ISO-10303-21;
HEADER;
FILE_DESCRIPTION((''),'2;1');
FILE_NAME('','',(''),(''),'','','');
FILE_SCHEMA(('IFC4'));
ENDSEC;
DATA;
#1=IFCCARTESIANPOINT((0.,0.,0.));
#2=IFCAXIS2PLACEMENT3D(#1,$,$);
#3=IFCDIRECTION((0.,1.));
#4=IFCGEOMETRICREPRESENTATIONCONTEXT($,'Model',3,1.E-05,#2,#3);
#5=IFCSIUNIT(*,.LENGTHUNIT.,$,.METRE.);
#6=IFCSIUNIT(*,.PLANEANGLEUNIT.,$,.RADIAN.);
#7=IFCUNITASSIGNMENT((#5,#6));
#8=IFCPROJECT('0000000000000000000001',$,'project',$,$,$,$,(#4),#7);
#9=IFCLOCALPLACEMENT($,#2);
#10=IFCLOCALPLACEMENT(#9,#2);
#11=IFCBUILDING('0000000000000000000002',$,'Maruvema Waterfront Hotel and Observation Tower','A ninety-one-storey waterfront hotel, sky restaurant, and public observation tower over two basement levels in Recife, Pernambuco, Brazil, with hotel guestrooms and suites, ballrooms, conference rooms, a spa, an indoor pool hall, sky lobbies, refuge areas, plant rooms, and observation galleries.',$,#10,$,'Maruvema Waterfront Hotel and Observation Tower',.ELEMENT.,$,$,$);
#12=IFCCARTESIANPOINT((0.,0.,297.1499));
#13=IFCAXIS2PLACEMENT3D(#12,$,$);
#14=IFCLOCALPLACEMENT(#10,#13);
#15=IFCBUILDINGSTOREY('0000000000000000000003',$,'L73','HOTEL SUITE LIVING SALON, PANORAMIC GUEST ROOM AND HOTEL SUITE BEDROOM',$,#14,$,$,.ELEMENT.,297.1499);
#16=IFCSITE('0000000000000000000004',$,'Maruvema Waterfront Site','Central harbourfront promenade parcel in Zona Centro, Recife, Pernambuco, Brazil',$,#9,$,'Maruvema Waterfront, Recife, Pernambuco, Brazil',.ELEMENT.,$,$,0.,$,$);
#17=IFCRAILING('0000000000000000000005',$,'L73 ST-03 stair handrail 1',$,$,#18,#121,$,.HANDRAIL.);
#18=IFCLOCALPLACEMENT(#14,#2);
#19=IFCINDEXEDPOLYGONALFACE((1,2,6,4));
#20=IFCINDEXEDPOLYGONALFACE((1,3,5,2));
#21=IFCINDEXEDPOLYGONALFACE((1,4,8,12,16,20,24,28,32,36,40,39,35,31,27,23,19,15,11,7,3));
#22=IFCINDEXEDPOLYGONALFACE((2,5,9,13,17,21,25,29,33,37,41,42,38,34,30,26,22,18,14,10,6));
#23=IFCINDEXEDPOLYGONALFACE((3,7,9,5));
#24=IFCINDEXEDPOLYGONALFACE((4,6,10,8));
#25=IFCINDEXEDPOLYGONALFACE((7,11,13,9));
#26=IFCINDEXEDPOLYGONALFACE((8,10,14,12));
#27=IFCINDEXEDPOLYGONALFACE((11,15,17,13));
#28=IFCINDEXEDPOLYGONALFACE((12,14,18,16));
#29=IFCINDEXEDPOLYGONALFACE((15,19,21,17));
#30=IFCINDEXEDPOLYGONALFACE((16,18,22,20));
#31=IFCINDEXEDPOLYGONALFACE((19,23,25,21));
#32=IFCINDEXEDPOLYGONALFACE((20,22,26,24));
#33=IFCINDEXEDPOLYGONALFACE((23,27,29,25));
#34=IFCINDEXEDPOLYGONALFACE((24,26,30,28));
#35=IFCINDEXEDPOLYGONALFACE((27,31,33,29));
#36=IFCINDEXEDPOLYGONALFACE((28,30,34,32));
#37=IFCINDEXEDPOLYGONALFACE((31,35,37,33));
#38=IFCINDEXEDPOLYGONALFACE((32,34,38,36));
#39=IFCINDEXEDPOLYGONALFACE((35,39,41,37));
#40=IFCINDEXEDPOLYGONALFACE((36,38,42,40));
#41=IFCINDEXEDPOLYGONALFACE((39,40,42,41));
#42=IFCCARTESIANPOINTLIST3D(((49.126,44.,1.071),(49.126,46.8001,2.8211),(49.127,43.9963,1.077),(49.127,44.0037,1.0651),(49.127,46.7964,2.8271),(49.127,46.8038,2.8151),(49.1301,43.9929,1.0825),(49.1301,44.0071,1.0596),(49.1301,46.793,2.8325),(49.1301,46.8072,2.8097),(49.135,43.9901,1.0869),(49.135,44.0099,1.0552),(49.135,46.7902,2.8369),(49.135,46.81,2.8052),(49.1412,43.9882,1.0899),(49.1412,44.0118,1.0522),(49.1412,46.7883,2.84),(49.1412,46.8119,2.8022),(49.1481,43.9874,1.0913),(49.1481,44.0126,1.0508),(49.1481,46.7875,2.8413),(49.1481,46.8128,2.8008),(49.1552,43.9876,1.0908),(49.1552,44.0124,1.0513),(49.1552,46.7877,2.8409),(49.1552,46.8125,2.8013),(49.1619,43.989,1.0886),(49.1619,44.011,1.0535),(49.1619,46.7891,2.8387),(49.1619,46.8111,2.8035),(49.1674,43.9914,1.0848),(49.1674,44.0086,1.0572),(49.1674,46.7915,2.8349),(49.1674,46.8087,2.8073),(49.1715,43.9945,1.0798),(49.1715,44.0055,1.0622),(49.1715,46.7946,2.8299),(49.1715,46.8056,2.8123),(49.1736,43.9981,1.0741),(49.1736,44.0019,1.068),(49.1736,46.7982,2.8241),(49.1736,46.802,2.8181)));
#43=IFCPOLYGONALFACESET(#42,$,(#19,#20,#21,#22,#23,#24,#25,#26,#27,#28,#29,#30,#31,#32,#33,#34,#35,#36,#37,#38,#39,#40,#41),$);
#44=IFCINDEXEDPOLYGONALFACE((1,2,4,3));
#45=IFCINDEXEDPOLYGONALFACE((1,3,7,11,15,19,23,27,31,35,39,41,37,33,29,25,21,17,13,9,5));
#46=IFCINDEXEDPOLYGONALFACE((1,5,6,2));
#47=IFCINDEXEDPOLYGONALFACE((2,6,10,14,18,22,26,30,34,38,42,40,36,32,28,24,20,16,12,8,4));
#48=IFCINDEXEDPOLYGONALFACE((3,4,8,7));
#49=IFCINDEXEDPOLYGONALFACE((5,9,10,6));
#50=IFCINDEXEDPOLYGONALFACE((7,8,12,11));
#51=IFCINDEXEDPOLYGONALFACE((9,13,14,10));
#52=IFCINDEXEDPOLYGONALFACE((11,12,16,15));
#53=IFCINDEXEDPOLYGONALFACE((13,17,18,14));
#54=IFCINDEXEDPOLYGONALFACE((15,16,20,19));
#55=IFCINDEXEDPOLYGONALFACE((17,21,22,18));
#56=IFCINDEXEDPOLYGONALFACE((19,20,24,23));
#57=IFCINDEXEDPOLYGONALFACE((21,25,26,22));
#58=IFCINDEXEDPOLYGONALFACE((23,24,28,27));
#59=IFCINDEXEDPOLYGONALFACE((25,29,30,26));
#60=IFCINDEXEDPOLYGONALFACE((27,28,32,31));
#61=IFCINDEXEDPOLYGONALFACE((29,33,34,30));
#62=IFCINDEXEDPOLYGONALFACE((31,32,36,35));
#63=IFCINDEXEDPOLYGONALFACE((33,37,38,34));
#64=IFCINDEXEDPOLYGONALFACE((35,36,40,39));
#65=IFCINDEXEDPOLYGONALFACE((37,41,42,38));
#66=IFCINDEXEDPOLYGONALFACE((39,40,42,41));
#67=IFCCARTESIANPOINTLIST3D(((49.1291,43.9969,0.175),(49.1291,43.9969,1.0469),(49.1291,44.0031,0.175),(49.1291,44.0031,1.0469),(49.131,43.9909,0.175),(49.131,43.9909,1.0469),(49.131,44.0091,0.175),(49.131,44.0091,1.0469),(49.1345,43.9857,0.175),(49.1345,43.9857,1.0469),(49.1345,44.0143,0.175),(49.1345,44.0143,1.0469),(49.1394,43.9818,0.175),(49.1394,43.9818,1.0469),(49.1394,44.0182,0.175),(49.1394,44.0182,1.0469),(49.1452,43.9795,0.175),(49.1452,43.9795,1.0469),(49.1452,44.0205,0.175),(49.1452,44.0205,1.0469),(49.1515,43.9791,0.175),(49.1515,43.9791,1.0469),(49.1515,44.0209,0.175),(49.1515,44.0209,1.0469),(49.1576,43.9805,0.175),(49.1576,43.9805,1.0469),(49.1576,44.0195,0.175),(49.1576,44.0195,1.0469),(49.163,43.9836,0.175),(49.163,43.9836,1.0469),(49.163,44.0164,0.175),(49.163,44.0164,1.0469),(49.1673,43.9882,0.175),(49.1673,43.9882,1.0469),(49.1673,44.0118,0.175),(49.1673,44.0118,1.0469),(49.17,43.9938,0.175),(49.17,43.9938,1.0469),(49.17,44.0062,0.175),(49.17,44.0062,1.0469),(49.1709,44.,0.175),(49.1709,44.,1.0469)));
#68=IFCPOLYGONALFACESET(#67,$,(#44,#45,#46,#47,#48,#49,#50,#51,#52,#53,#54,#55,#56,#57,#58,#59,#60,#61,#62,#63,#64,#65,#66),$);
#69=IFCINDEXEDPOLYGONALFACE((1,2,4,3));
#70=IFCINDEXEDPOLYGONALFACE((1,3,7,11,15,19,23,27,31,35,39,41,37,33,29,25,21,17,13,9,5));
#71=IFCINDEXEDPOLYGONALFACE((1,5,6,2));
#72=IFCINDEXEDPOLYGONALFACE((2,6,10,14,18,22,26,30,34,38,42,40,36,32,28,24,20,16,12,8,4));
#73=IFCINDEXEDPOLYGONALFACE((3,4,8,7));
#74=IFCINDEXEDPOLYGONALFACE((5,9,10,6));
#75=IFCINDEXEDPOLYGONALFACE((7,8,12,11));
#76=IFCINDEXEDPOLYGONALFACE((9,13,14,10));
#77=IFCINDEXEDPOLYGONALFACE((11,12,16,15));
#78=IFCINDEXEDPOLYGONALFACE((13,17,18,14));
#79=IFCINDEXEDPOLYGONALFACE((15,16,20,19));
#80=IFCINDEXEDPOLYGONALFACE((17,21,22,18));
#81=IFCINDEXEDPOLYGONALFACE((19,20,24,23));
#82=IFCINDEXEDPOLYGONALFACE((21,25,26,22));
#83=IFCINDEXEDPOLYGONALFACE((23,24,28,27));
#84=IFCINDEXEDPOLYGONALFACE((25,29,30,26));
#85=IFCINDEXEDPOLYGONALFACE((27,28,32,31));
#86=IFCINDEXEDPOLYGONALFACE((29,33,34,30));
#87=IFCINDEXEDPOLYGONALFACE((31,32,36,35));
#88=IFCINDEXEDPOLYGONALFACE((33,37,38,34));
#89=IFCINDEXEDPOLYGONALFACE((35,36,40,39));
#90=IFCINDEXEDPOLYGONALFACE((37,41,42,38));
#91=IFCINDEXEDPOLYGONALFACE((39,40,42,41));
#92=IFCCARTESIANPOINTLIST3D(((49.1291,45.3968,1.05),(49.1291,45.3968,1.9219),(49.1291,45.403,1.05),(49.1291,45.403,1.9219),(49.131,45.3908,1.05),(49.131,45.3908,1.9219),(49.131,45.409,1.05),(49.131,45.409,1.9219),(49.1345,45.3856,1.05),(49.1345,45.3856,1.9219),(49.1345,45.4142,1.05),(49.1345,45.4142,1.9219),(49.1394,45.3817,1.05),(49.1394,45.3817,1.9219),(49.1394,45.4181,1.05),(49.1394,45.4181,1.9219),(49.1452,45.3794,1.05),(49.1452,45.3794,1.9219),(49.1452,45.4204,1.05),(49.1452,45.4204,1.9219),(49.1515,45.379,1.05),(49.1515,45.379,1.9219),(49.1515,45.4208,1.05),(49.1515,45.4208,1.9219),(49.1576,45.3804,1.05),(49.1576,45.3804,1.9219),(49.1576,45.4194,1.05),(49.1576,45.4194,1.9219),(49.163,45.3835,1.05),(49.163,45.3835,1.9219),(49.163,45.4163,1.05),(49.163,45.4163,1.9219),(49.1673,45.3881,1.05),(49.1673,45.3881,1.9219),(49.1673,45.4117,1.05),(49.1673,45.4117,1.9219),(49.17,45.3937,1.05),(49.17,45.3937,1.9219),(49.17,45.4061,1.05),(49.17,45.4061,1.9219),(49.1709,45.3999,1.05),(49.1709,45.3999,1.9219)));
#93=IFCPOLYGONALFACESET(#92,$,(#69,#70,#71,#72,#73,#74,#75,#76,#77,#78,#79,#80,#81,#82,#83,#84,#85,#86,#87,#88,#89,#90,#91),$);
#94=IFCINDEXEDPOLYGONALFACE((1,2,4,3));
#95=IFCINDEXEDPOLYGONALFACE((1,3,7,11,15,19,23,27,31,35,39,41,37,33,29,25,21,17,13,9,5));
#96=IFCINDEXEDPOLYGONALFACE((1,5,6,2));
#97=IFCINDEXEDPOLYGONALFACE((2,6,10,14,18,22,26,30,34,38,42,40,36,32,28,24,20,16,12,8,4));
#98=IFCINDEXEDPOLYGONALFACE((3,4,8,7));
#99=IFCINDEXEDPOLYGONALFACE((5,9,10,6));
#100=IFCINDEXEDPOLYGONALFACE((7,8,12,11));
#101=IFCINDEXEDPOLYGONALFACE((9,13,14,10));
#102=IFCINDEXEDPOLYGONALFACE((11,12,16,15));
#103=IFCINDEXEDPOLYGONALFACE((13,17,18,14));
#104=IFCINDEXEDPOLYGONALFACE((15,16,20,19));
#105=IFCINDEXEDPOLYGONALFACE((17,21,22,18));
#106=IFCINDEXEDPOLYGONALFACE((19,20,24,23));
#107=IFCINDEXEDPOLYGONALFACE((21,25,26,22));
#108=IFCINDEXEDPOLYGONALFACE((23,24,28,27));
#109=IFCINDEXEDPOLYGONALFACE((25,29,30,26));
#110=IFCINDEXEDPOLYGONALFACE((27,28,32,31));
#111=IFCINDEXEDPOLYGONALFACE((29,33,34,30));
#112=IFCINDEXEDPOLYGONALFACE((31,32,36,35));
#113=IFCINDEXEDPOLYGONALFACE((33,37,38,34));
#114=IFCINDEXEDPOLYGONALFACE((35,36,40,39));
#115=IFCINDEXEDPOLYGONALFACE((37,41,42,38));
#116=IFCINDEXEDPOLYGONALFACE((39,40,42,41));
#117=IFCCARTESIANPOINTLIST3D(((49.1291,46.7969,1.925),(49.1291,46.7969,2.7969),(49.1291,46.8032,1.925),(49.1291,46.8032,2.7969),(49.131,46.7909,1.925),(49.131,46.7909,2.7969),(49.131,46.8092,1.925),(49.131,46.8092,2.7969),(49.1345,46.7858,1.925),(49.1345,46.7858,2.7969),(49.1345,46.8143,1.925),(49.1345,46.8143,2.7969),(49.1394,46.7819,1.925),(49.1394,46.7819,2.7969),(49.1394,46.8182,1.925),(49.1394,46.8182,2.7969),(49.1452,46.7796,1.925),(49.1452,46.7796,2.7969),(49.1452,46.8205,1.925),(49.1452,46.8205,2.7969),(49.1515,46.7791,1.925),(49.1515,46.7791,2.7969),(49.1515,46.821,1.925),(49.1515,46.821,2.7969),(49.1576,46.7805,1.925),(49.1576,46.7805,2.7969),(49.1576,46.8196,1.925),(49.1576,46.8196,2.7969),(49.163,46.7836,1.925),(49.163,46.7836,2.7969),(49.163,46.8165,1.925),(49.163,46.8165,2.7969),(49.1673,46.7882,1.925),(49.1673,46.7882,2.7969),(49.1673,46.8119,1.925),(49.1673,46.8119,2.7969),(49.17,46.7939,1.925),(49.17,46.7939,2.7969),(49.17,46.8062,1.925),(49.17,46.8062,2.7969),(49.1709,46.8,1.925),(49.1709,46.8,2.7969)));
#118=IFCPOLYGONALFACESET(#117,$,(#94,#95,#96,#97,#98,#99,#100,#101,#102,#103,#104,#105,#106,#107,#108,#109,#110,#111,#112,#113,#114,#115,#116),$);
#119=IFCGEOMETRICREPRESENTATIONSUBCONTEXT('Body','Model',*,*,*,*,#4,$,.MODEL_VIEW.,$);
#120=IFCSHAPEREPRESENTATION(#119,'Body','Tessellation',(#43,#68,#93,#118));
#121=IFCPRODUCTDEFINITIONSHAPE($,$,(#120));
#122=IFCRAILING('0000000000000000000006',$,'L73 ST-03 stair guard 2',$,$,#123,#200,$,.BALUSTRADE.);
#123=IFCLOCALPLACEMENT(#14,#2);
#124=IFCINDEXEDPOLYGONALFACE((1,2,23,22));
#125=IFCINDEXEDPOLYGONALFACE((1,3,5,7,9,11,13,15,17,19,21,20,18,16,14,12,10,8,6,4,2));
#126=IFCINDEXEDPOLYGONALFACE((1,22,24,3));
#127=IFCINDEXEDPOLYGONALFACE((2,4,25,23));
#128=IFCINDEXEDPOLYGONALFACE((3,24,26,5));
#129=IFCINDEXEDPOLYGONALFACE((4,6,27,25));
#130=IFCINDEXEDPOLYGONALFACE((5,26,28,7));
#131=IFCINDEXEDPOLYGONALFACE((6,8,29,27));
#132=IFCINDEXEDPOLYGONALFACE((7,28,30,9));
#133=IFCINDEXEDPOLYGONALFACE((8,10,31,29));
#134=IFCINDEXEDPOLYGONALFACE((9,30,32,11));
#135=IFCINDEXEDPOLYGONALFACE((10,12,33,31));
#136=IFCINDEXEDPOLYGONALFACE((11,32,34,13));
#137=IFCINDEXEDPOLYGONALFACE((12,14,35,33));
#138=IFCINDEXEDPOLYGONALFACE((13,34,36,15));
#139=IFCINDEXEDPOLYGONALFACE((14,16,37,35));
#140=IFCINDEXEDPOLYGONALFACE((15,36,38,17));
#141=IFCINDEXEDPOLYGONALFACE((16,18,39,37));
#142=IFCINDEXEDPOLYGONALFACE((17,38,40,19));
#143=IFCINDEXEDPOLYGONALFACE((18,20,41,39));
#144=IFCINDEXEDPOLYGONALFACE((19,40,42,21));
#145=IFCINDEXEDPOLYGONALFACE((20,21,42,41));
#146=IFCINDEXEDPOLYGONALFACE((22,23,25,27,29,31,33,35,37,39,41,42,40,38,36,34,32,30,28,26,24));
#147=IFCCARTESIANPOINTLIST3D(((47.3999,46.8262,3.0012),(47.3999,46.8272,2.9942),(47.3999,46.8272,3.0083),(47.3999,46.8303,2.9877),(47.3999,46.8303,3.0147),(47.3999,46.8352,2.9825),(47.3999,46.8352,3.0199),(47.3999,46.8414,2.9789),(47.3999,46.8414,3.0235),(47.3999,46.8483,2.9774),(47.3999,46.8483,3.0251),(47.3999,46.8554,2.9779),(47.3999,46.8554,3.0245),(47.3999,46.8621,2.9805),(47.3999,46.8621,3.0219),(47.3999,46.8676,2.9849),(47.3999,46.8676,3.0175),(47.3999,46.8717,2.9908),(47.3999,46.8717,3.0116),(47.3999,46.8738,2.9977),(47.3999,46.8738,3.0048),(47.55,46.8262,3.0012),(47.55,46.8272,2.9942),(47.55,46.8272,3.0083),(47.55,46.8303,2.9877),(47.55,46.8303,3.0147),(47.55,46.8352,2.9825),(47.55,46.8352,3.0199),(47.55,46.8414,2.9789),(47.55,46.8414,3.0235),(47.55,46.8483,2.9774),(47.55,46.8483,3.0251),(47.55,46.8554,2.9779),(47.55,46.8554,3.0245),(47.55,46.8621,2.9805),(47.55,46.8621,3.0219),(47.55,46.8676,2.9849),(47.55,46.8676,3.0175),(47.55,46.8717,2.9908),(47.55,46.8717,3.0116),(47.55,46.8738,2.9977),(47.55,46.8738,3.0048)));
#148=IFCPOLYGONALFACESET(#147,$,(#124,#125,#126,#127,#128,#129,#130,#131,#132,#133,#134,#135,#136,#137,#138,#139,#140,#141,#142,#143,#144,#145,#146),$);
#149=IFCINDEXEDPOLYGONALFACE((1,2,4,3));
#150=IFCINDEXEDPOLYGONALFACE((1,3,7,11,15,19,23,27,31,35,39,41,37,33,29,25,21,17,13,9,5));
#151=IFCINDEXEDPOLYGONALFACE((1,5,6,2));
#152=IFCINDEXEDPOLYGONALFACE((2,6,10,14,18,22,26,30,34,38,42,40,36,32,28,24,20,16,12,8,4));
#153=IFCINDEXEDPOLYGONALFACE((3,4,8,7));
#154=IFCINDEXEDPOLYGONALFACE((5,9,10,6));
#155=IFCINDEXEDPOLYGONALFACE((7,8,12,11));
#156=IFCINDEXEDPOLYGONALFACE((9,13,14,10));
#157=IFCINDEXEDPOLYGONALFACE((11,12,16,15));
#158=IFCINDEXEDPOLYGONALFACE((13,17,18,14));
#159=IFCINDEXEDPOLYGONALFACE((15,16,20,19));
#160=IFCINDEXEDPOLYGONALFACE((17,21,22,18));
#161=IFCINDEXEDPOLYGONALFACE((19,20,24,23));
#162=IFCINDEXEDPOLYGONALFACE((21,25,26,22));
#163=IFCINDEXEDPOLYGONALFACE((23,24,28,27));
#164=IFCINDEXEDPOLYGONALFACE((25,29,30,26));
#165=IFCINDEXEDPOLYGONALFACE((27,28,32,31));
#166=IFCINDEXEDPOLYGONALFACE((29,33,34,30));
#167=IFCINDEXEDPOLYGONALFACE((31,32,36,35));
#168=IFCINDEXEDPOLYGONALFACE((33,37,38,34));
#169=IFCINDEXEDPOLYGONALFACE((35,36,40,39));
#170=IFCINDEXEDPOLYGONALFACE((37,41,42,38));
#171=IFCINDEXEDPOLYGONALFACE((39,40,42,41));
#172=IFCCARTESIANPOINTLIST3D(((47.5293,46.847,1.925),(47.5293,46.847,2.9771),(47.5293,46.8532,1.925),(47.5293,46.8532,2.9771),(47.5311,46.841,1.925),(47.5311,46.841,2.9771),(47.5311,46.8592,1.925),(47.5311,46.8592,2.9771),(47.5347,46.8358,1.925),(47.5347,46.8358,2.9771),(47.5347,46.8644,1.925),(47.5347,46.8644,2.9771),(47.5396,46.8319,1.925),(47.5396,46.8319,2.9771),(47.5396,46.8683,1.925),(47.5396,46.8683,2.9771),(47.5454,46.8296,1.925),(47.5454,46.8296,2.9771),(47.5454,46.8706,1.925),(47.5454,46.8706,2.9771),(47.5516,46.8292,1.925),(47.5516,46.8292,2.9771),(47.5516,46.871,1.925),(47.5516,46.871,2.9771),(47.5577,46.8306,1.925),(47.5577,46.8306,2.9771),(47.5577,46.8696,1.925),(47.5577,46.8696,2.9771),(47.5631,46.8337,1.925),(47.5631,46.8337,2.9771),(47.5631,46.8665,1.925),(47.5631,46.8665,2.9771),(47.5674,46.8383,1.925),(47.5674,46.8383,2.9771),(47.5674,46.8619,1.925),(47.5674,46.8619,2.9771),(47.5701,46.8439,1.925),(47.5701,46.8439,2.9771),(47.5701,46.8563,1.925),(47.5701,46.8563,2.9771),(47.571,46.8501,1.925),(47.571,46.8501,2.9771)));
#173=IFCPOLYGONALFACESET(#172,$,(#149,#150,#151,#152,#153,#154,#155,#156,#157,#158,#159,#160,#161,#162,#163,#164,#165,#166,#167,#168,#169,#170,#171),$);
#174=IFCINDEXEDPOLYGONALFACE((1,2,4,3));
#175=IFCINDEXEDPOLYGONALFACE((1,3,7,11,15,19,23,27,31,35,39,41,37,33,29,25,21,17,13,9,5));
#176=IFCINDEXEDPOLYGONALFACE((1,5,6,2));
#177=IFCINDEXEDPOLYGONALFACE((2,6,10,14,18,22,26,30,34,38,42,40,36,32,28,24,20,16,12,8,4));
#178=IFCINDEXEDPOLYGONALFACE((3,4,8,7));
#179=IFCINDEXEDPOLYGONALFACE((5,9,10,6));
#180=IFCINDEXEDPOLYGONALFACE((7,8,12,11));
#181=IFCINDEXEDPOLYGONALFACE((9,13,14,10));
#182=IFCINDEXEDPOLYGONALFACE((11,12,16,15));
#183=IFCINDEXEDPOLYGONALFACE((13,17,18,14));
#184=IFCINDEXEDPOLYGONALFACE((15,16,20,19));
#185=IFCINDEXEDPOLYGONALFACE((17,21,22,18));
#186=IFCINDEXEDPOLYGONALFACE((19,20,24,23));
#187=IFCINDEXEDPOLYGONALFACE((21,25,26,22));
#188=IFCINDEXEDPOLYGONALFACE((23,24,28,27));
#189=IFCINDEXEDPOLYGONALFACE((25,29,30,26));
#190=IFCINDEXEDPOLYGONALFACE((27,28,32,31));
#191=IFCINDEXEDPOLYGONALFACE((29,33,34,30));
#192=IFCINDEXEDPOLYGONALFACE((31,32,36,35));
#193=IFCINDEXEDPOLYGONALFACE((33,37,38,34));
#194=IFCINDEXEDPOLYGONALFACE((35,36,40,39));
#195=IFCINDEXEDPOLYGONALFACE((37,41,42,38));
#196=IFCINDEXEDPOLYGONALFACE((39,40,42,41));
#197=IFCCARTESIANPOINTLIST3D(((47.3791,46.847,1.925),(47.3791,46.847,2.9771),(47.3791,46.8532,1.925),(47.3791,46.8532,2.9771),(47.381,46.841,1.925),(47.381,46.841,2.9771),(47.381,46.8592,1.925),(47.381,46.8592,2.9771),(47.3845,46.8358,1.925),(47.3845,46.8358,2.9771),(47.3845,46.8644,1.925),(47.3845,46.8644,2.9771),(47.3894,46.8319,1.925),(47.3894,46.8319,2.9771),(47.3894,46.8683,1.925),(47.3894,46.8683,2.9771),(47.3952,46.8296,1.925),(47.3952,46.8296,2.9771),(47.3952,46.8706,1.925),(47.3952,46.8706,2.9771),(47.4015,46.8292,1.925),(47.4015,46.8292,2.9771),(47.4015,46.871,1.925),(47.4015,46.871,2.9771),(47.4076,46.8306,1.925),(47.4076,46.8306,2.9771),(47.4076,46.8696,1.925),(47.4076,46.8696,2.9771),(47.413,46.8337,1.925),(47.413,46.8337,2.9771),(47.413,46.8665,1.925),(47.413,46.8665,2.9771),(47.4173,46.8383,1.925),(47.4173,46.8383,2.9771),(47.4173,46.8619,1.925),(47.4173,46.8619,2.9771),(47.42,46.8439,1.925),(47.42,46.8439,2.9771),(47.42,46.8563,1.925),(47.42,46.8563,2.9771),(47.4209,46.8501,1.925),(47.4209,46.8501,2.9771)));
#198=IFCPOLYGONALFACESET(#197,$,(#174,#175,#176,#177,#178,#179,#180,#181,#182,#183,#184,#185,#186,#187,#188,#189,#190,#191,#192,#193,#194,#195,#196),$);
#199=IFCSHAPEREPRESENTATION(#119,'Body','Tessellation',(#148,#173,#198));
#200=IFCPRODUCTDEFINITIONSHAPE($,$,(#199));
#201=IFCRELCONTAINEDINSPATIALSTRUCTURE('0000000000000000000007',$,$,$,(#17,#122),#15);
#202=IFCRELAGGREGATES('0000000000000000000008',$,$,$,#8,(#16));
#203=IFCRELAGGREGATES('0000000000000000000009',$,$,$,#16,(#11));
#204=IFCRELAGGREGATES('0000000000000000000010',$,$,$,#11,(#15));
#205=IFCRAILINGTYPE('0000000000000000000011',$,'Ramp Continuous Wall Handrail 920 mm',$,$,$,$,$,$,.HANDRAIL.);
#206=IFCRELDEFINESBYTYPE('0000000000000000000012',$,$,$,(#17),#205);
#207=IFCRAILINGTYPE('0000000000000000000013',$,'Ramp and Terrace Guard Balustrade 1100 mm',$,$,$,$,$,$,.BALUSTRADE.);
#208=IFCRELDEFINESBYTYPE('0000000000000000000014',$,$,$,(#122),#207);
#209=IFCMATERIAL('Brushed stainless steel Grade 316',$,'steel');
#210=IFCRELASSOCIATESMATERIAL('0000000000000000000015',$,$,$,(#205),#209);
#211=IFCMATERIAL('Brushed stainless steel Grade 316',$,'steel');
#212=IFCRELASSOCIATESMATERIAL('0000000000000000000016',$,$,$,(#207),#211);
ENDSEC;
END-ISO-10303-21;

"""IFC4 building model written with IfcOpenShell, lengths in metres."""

from ifc_helpers import new_model, si_unit, direction, frame, origin, origin_2d, place, context, subcontext, project, spatial, circle, extrude, material, type_object, element, save


model = new_model("IFC4")

# Units and contexts
model_context = context("Model", 3, precision=1e-05, world=origin(), true_north=direction((0.0, 1.0)))
body_context = subcontext(model_context, "Body", "Model", "MODEL_VIEW")
ifc_project = project(units=[si_unit("LENGTHUNIT", "METRE"), si_unit("PLANEANGLEUNIT", "RADIAN")], contexts=[model_context])

# Site, building, storey
site_placement = place(None, origin())
site = spatial("IfcSite", under=ifc_project, at=site_placement, Name="Maruvema Waterfront Site", Description="Central harbourfront promenade parcel in Zona Centro, Recife, Pernambuco, Brazil", LongName="Maruvema Waterfront, Recife, Pernambuco, Brazil", CompositionType="ELEMENT", RefElevation=0.0)
building_placement = place(site_placement, origin())
building = spatial("IfcBuilding", under=site, at=building_placement, Name="Maruvema Waterfront Hotel and Observation Tower", Description="A ninety-one-storey waterfront hotel, sky restaurant, and public observation tower over two basement levels in Recife, Pernambuco, Brazil, with hotel guestrooms and suites, ballrooms, conference rooms, a spa, an indoor pool hall, sky lobbies, refuge areas, plant rooms, and observation galleries.", LongName="Maruvema Waterfront Hotel and Observation Tower", CompositionType="ELEMENT")
storey_placement = place(building_placement, frame((0.0, 0.0, 297.1499)))
storey = spatial("IfcBuildingStorey", under=building, at=storey_placement, Name="L73", Description="HOTEL SUITE LIVING SALON, PANORAMIC GUEST ROOM AND HOTEL SUITE BEDROOM", CompositionType="ELEMENT", Elevation=297.1499)

# Railings
ifc_material_1 = material(Name="Brushed stainless steel Grade 316", Category="steel")
railing_type_1 = type_object("IfcRailingType", Name="Ramp Continuous Wall Handrail 920 mm", PredefinedType="HANDRAIL", material=ifc_material_1)
railing_1_placement = place(storey_placement, frame((49.1499, 44.0, 0.175)))
element("IfcRailing", 1, at=railing_1_placement, inside=storey, type_object=railing_type_1, Name="L73 ST-03 stair handrail 1", PredefinedType="HANDRAIL", context=body_context, shape_type="SweptSolid", body=[
    extrude(circle(Radius=0.0239, at=origin_2d()), frame((0.0, 0.0, 0.896), z_axis=(0.0, 0.848002, 0.529992), x_axis=(-1.0, 0.0, 0.0)), (0.0, 0.0, 1.0), 3.302),
    extrude(circle(Radius=0.021, at=origin_2d()), origin(), (0.0, 0.0, 1.0), 0.8718),
    extrude(circle(Radius=0.021, at=origin_2d()), frame((0.0, 1.3999, 0.875)), (0.0, 0.0, 1.0), 0.8718),
    extrude(circle(Radius=0.021, at=origin_2d()), frame((0.0, 2.8, 1.75)), (0.0, 0.0, 1.0), 0.8718),
])
ifc_material_2 = material(Name="Brushed stainless steel Grade 316", Category="steel")
railing_type_2 = type_object("IfcRailingType", Name="Ramp and Terrace Guard Balustrade 1100 mm", PredefinedType="BALUSTRADE", material=ifc_material_2)
railing_2_placement = place(storey_placement, frame((47.55, 46.8501, 1.925)))
element("IfcRailing", 2, at=railing_2_placement, inside=storey, type_object=railing_type_2, Name="L73 ST-03 stair guard 2", PredefinedType="BALUSTRADE", context=body_context, shape_type="SweptSolid", body=[
    extrude(circle(Radius=0.0239, at=origin_2d()), frame((0.0, 0.0, 1.0762), z_axis=(-1.0, 0.0, 0.0), x_axis=(0.0, -1.0, 0.0)), (0.0, 0.0, 1.0), 0.1501),
    extrude(circle(Radius=0.021, at=origin_2d()), origin(), (0.0, 0.0, 1.0), 1.052),
    extrude(circle(Radius=0.021, at=origin_2d()), frame((-0.1501, 0.0, 0.0)), (0.0, 0.0, 1.0), 1.052),
])

save(model, "model.ifc")
